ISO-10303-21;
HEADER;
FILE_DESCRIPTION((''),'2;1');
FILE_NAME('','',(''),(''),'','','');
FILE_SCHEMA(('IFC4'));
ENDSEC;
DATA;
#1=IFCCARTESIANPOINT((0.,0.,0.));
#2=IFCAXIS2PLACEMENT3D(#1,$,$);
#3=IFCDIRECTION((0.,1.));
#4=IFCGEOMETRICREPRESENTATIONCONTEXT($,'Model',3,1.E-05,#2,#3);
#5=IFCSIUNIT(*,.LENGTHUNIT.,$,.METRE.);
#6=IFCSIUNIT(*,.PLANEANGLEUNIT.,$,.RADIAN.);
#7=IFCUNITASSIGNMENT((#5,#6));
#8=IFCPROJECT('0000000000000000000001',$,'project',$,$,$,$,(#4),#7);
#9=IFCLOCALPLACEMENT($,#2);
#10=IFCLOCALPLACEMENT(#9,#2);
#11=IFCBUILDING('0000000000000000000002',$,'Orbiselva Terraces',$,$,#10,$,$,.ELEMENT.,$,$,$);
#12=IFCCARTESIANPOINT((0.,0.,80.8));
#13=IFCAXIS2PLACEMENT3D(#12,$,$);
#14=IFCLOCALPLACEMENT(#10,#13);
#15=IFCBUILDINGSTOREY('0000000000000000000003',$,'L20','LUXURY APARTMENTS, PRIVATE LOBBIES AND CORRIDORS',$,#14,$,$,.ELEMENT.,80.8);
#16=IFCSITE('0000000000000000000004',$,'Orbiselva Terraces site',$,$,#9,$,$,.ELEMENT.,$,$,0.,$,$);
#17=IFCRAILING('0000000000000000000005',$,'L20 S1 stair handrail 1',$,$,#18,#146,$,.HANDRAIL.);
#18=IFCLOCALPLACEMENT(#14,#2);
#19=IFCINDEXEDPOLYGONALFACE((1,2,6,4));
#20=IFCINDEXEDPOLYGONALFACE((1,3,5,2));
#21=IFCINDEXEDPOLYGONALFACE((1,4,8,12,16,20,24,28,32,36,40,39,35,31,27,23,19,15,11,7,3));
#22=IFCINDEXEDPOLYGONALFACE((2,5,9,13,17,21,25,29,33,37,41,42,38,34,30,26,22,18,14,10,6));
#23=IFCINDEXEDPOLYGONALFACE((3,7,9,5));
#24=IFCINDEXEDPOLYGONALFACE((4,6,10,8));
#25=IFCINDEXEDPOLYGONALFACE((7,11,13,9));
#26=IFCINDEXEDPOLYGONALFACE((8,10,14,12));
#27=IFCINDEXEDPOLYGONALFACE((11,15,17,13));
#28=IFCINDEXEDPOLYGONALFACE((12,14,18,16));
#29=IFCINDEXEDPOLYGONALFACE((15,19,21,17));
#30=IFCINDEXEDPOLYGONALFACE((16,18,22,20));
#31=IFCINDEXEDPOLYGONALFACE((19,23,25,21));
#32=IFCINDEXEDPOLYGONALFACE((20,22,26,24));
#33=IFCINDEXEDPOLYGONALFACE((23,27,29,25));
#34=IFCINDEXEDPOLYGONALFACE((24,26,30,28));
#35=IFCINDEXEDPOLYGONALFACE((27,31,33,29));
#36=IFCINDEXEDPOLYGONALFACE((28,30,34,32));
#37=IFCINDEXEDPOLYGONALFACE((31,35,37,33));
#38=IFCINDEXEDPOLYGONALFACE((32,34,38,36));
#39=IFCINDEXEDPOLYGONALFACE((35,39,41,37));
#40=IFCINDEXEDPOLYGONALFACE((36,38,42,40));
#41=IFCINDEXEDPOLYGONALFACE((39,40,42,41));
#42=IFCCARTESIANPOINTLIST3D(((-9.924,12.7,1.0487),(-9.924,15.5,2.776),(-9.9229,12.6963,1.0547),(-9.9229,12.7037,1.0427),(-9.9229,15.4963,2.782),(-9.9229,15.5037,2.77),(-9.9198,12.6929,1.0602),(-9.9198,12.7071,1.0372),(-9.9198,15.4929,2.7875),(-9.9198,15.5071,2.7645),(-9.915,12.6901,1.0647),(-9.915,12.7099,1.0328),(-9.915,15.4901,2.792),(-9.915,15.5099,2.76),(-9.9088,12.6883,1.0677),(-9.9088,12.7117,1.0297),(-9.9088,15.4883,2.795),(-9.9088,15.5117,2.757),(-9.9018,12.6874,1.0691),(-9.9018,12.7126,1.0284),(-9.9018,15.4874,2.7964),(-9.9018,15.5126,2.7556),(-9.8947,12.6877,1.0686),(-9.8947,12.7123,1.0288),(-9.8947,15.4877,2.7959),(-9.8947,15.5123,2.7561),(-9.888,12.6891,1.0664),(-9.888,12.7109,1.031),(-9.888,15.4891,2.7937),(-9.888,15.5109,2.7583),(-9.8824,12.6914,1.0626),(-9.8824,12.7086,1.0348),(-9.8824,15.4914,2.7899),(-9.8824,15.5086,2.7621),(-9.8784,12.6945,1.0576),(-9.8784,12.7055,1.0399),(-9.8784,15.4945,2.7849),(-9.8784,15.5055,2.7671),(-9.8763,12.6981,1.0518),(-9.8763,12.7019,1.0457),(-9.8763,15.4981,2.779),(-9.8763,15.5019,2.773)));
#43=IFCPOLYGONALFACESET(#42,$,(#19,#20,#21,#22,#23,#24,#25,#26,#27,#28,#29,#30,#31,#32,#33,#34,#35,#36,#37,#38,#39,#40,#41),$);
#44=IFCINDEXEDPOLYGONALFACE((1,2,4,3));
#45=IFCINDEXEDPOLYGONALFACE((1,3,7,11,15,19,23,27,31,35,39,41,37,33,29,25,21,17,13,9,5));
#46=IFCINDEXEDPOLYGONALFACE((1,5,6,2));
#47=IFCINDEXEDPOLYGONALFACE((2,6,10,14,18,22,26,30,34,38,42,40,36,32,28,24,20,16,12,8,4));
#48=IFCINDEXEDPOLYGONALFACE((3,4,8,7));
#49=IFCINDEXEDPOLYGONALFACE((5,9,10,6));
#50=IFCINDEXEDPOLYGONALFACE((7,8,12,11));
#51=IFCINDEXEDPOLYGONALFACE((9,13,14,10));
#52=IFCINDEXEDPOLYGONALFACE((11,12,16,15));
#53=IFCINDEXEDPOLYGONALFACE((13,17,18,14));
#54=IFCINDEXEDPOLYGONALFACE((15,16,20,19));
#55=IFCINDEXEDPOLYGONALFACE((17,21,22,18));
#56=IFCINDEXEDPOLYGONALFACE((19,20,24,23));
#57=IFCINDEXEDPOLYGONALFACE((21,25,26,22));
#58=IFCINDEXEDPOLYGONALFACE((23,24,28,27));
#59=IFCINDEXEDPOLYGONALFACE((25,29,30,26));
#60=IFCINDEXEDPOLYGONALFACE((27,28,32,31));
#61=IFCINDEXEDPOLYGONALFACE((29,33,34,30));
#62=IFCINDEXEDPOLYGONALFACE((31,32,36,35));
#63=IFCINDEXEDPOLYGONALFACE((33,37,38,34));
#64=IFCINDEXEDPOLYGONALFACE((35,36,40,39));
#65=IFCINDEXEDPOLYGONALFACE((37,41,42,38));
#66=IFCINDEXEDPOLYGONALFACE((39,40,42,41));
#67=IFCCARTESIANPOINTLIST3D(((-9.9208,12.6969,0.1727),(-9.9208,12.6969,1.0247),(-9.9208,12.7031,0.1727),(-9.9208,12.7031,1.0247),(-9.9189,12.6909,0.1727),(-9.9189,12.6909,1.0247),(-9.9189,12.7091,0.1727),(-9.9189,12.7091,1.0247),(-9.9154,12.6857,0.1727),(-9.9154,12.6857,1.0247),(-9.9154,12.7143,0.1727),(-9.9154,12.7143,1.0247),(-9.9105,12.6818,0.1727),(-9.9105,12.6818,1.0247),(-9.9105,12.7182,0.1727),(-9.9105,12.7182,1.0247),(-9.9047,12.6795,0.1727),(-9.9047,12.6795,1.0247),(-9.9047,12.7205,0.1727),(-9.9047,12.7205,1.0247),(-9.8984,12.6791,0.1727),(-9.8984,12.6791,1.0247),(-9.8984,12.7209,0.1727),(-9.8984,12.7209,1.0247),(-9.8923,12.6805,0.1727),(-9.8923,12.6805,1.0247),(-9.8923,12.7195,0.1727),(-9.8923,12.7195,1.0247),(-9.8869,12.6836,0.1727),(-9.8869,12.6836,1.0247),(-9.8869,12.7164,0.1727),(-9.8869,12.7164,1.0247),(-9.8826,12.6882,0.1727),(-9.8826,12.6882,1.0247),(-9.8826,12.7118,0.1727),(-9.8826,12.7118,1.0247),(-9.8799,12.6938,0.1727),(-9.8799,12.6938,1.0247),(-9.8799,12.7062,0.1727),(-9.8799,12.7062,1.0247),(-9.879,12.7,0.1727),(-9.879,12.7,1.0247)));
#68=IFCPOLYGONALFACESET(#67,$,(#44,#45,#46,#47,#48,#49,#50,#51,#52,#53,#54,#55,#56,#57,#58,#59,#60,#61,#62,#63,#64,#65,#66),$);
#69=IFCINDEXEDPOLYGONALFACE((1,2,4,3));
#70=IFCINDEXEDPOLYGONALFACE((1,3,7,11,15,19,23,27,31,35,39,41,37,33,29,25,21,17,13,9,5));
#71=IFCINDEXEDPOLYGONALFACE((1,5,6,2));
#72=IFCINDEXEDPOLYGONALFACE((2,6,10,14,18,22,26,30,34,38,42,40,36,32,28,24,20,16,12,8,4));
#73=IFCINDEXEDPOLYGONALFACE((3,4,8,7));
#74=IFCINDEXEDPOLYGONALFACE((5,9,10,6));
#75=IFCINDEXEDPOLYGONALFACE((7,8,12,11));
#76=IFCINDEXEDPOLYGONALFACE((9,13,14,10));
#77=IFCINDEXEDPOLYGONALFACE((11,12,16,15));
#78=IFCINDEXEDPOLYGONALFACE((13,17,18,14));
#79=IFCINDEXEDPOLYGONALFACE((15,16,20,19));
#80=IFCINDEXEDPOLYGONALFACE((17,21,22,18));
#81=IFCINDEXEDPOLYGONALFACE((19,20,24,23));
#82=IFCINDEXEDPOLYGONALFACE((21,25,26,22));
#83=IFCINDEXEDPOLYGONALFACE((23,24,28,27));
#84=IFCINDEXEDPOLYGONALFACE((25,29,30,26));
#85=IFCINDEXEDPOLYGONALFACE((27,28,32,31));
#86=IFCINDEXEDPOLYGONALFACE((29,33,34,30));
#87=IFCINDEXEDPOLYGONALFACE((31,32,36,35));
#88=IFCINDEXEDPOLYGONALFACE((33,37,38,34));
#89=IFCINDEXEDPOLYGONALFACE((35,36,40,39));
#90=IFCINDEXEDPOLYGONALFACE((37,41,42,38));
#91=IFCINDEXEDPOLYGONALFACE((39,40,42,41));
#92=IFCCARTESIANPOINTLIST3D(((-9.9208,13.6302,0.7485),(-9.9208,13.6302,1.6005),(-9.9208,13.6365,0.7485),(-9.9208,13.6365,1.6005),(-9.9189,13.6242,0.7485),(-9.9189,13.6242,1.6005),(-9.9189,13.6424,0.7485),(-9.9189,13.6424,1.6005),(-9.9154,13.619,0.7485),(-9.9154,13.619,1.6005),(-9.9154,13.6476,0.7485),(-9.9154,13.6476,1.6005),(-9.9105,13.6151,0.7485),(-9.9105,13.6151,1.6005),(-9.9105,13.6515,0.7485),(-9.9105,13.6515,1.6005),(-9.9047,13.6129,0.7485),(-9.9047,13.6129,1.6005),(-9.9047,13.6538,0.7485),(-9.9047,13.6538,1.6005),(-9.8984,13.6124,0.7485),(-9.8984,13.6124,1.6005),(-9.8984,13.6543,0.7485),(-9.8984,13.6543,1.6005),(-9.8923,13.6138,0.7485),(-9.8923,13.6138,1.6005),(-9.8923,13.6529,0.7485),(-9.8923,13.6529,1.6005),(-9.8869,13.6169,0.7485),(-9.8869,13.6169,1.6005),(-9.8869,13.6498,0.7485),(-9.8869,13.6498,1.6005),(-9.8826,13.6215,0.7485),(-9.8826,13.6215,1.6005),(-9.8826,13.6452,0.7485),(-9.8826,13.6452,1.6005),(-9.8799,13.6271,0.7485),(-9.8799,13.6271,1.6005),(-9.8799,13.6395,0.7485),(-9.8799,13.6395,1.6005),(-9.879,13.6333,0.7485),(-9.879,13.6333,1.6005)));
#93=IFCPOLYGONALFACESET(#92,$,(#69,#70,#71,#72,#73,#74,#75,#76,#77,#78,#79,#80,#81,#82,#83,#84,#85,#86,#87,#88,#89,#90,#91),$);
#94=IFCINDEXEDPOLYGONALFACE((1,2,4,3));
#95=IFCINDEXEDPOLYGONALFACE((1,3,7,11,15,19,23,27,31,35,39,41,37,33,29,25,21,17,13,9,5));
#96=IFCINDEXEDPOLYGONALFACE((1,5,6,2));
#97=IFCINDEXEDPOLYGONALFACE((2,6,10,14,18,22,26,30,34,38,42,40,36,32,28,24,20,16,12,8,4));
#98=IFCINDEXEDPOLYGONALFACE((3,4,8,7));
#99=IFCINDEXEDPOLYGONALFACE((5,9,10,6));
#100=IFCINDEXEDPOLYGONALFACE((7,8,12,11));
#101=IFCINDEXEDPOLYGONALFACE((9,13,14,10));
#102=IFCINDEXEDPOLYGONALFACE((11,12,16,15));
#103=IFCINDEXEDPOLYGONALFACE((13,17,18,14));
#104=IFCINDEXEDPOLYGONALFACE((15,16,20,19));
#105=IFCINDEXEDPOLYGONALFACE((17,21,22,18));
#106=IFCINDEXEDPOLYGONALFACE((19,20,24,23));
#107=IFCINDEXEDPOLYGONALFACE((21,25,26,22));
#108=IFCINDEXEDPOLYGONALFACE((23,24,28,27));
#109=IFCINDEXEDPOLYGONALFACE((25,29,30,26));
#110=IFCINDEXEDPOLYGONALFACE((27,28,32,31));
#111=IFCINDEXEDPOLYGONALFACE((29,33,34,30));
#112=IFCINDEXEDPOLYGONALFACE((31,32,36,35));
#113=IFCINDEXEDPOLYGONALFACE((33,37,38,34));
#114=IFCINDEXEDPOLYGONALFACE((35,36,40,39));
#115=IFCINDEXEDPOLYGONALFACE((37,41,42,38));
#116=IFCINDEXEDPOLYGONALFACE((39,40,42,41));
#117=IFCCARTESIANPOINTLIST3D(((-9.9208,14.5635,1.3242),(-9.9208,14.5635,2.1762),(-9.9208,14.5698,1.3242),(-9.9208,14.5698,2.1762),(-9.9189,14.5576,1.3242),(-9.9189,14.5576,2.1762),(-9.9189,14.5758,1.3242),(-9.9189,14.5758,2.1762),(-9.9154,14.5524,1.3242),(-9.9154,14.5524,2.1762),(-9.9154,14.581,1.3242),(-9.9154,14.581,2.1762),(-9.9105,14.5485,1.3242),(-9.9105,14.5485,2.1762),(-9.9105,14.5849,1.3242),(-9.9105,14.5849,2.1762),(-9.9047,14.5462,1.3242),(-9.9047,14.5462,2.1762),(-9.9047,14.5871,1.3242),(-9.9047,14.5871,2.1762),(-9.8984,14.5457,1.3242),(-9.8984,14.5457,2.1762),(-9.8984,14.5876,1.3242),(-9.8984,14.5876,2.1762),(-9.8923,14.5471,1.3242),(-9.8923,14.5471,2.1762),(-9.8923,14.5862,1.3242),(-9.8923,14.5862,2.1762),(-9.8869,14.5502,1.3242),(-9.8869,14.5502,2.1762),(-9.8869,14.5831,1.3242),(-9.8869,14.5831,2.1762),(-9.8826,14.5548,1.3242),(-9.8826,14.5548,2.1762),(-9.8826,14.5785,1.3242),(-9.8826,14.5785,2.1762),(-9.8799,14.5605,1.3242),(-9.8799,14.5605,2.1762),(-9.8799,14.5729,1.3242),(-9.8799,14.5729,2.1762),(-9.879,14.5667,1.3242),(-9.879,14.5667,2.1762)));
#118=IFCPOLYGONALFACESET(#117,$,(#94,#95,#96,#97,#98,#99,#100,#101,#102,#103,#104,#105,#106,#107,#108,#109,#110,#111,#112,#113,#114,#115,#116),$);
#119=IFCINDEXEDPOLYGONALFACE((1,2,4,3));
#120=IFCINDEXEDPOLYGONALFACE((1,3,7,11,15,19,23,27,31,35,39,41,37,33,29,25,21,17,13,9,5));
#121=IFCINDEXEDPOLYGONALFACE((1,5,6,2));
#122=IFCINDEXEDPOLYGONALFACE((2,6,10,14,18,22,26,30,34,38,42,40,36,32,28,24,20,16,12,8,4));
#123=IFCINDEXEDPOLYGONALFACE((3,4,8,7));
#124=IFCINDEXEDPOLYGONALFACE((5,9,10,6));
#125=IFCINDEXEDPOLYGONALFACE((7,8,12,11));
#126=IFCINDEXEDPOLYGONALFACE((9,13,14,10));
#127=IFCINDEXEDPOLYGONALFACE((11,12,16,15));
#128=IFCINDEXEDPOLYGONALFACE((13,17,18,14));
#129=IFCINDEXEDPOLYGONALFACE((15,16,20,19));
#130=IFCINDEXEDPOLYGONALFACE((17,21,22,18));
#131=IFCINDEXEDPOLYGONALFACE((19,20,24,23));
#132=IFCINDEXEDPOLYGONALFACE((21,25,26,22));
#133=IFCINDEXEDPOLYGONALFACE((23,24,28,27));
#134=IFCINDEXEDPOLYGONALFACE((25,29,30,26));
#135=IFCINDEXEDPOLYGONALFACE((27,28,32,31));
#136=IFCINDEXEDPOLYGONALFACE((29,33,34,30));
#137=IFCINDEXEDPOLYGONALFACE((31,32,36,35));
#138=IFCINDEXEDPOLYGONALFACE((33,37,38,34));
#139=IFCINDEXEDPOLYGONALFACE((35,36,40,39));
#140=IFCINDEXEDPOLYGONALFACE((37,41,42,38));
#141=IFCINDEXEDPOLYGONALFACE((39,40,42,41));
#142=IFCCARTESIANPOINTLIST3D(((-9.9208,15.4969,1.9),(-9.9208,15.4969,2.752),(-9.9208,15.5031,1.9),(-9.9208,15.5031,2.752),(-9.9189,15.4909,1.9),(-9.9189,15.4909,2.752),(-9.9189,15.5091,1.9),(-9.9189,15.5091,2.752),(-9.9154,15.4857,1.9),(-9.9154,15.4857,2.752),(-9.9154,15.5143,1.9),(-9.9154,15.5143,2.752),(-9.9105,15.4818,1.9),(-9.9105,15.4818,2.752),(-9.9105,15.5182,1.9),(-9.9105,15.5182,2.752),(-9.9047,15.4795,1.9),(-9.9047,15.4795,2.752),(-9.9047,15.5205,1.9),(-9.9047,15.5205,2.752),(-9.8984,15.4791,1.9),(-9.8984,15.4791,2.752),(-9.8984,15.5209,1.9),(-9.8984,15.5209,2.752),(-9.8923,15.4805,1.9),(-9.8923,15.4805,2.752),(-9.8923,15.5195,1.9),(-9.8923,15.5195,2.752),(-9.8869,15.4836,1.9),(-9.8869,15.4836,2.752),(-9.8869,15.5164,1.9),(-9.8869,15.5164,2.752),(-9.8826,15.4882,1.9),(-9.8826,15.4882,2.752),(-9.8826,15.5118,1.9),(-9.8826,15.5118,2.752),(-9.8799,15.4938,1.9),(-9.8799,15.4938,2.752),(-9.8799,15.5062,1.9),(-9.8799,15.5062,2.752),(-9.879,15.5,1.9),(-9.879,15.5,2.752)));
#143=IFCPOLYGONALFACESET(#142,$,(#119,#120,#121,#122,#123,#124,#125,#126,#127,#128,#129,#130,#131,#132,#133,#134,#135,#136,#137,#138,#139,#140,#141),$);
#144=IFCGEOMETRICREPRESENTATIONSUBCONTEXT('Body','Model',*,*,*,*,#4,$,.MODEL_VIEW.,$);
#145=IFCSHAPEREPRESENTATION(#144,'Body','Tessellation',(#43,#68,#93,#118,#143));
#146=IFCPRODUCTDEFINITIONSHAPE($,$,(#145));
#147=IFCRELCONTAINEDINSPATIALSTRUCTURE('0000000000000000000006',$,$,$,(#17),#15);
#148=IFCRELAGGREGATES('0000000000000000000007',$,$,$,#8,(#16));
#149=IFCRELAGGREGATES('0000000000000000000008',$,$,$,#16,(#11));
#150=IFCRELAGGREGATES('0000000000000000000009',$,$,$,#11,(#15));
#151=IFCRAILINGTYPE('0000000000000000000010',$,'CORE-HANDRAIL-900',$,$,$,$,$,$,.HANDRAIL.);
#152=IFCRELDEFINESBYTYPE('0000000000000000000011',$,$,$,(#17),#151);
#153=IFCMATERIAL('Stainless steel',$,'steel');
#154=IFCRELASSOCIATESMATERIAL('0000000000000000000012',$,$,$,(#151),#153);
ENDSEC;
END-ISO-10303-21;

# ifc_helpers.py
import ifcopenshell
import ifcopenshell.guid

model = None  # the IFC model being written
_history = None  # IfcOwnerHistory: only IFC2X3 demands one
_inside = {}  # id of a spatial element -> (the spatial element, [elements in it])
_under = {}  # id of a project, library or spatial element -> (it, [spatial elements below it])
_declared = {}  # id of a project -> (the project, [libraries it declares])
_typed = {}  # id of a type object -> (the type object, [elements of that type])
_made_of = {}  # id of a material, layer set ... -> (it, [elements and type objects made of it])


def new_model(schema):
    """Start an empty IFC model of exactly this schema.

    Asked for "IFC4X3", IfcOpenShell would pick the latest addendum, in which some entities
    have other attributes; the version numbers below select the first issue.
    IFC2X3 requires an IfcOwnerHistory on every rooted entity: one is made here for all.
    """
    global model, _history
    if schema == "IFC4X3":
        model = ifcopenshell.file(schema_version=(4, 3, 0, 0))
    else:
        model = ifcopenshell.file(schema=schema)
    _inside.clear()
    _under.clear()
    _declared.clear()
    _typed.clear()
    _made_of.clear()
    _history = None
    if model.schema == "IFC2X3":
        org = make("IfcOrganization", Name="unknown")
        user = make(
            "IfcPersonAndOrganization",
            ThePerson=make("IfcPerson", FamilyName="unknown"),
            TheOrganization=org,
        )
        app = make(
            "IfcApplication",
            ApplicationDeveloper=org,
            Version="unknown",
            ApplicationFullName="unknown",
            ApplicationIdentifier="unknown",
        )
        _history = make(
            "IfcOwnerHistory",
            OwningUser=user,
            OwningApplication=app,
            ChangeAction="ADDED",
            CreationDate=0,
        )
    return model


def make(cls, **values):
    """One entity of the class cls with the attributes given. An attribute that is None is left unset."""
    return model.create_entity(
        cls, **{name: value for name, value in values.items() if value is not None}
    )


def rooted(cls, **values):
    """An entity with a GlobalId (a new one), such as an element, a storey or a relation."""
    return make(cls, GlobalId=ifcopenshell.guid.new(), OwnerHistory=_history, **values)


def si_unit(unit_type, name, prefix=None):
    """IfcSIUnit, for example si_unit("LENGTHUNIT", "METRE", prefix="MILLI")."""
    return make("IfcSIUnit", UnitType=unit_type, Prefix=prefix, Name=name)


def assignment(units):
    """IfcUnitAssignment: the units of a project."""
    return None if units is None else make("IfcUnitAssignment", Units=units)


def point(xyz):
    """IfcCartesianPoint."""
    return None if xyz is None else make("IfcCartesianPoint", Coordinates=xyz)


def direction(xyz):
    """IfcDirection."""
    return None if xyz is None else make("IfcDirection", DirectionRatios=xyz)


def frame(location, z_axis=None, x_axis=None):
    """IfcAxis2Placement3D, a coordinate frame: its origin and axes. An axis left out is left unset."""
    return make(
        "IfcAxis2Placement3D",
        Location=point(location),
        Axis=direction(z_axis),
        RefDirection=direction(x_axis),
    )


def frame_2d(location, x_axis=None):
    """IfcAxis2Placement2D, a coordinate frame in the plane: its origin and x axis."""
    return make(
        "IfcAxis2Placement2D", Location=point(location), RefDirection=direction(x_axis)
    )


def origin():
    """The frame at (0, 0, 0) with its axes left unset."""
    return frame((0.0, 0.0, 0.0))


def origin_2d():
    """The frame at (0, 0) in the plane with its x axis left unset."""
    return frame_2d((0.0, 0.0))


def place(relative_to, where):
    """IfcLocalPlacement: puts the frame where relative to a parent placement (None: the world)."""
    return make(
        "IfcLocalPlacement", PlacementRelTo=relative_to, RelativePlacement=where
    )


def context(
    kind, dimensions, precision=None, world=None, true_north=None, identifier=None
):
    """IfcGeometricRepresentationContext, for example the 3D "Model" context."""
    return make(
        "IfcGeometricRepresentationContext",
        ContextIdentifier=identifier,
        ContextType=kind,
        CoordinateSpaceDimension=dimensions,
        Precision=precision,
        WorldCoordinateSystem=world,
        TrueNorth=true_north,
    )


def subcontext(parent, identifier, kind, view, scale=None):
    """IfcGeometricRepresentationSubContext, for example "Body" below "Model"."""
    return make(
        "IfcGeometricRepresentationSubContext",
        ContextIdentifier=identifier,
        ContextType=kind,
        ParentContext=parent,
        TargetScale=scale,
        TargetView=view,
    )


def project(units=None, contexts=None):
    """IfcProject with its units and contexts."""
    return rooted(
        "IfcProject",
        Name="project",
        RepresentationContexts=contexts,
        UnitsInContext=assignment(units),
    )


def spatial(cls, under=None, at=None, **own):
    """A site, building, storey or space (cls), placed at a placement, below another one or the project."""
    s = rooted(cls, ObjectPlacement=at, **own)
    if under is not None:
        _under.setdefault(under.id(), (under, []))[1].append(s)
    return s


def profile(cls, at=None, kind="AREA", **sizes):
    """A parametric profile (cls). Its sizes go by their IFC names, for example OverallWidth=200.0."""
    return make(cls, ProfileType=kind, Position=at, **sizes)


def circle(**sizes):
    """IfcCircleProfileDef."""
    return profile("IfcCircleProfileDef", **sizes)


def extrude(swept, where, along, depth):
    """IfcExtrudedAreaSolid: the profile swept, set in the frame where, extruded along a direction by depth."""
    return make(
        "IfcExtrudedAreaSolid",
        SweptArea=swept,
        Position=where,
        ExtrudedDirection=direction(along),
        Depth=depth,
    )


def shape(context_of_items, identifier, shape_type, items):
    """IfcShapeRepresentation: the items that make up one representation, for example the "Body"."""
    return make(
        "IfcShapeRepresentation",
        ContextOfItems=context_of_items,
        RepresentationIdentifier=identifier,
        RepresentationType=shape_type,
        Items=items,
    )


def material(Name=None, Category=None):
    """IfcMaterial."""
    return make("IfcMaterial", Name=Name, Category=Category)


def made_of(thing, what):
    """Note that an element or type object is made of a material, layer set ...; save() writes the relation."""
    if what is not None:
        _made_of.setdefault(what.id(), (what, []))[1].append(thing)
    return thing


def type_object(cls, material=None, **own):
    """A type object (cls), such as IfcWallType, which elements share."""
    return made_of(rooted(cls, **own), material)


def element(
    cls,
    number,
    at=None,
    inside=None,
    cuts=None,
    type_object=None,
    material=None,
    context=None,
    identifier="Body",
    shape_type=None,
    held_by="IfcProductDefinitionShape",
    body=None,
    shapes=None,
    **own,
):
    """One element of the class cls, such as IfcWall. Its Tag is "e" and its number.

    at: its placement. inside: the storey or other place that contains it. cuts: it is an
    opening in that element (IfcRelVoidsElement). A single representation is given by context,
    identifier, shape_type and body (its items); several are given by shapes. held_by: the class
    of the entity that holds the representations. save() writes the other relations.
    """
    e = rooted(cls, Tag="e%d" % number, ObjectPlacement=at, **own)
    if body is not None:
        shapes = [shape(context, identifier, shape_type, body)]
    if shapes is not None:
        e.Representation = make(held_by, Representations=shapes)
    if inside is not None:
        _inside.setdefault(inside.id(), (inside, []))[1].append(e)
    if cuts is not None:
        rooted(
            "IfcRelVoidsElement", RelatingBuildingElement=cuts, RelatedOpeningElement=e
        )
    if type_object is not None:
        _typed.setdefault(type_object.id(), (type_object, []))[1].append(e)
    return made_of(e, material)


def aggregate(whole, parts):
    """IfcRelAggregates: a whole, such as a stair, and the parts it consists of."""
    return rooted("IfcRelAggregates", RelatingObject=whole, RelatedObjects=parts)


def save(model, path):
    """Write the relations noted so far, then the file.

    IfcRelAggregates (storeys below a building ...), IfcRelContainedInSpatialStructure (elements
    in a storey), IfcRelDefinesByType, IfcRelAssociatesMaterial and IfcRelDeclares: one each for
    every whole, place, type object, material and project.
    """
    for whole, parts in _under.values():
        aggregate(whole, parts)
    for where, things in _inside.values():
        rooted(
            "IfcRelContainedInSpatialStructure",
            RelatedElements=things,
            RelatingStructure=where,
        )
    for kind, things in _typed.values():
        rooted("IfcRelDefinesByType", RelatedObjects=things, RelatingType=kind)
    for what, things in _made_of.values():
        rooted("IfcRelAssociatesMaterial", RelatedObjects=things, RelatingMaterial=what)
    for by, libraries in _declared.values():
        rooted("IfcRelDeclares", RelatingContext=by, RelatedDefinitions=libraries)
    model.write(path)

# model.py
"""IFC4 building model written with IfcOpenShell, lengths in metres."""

from ifc_helpers import new_model, si_unit, direction, frame, origin, origin_2d, place, context, subcontext, project, spatial, circle, extrude, material, type_object, element, save


model = new_model("IFC4")

# Units and contexts
model_context = context("Model", 3, precision=1e-05, world=origin(), true_north=direction((0.0, 1.0)))
body_context = subcontext(model_context, "Body", "Model", "MODEL_VIEW")
ifc_project = project(units=[si_unit("LENGTHUNIT", "METRE"), si_unit("PLANEANGLEUNIT", "RADIAN")], contexts=[model_context])

# Site, building, storey
site_placement = place(None, origin())
site = spatial("IfcSite", under=ifc_project, at=site_placement, Name="Orbiselva Terraces site", CompositionType="ELEMENT", RefElevation=0.0)
building_placement = place(site_placement, origin())
building = spatial("IfcBuilding", under=site, at=building_placement, Name="Orbiselva Terraces", CompositionType="ELEMENT")
storey_placement = place(building_placement, frame((0.0, 0.0, 80.8)))
storey = spatial("IfcBuildingStorey", under=building, at=storey_placement, Name="L20", Description="LUXURY APARTMENTS, PRIVATE LOBBIES AND CORRIDORS", CompositionType="ELEMENT", Elevation=80.8)

# Railing
ifc_material_1 = material(Name="Stainless steel", Category="steel")
railing_type_1 = type_object("IfcRailingType", Name="CORE-HANDRAIL-900", PredefinedType="HANDRAIL", material=ifc_material_1)
railing_1_placement = place(storey_placement, frame((-9.9, 12.7, 0.1727)))
element("IfcRailing", 1, at=railing_1_placement, inside=storey, type_object=railing_type_1, Name="L20 S1 stair handrail 1", PredefinedType="HANDRAIL", context=body_context, shape_type="SweptSolid", body=[
    extrude(circle(Radius=0.024, at=origin_2d()), frame((0.0, 0.0, 0.876), z_axis=(0.0, 0.851089, 0.525022), x_axis=(-1.0, 0.0, 0.0)), (0.0, 0.0, 1.0), 3.2899),
    extrude(circle(Radius=0.021, at=origin_2d()), origin(), (0.0, 0.0, 1.0), 0.852),
    extrude(circle(Radius=0.021, at=origin_2d()), frame((0.0, 0.9333, 0.5758)), (0.0, 0.0, 1.0), 0.852),
    extrude(circle(Radius=0.021, at=origin_2d()), frame((0.0, 1.8667, 1.1515)), (0.0, 0.0, 1.0), 0.852),
    extrude(circle(Radius=0.021, at=origin_2d()), frame((0.0, 2.8, 1.7273)), (0.0, 0.0, 1.0), 0.852),
])

save(model, "model.ifc")
